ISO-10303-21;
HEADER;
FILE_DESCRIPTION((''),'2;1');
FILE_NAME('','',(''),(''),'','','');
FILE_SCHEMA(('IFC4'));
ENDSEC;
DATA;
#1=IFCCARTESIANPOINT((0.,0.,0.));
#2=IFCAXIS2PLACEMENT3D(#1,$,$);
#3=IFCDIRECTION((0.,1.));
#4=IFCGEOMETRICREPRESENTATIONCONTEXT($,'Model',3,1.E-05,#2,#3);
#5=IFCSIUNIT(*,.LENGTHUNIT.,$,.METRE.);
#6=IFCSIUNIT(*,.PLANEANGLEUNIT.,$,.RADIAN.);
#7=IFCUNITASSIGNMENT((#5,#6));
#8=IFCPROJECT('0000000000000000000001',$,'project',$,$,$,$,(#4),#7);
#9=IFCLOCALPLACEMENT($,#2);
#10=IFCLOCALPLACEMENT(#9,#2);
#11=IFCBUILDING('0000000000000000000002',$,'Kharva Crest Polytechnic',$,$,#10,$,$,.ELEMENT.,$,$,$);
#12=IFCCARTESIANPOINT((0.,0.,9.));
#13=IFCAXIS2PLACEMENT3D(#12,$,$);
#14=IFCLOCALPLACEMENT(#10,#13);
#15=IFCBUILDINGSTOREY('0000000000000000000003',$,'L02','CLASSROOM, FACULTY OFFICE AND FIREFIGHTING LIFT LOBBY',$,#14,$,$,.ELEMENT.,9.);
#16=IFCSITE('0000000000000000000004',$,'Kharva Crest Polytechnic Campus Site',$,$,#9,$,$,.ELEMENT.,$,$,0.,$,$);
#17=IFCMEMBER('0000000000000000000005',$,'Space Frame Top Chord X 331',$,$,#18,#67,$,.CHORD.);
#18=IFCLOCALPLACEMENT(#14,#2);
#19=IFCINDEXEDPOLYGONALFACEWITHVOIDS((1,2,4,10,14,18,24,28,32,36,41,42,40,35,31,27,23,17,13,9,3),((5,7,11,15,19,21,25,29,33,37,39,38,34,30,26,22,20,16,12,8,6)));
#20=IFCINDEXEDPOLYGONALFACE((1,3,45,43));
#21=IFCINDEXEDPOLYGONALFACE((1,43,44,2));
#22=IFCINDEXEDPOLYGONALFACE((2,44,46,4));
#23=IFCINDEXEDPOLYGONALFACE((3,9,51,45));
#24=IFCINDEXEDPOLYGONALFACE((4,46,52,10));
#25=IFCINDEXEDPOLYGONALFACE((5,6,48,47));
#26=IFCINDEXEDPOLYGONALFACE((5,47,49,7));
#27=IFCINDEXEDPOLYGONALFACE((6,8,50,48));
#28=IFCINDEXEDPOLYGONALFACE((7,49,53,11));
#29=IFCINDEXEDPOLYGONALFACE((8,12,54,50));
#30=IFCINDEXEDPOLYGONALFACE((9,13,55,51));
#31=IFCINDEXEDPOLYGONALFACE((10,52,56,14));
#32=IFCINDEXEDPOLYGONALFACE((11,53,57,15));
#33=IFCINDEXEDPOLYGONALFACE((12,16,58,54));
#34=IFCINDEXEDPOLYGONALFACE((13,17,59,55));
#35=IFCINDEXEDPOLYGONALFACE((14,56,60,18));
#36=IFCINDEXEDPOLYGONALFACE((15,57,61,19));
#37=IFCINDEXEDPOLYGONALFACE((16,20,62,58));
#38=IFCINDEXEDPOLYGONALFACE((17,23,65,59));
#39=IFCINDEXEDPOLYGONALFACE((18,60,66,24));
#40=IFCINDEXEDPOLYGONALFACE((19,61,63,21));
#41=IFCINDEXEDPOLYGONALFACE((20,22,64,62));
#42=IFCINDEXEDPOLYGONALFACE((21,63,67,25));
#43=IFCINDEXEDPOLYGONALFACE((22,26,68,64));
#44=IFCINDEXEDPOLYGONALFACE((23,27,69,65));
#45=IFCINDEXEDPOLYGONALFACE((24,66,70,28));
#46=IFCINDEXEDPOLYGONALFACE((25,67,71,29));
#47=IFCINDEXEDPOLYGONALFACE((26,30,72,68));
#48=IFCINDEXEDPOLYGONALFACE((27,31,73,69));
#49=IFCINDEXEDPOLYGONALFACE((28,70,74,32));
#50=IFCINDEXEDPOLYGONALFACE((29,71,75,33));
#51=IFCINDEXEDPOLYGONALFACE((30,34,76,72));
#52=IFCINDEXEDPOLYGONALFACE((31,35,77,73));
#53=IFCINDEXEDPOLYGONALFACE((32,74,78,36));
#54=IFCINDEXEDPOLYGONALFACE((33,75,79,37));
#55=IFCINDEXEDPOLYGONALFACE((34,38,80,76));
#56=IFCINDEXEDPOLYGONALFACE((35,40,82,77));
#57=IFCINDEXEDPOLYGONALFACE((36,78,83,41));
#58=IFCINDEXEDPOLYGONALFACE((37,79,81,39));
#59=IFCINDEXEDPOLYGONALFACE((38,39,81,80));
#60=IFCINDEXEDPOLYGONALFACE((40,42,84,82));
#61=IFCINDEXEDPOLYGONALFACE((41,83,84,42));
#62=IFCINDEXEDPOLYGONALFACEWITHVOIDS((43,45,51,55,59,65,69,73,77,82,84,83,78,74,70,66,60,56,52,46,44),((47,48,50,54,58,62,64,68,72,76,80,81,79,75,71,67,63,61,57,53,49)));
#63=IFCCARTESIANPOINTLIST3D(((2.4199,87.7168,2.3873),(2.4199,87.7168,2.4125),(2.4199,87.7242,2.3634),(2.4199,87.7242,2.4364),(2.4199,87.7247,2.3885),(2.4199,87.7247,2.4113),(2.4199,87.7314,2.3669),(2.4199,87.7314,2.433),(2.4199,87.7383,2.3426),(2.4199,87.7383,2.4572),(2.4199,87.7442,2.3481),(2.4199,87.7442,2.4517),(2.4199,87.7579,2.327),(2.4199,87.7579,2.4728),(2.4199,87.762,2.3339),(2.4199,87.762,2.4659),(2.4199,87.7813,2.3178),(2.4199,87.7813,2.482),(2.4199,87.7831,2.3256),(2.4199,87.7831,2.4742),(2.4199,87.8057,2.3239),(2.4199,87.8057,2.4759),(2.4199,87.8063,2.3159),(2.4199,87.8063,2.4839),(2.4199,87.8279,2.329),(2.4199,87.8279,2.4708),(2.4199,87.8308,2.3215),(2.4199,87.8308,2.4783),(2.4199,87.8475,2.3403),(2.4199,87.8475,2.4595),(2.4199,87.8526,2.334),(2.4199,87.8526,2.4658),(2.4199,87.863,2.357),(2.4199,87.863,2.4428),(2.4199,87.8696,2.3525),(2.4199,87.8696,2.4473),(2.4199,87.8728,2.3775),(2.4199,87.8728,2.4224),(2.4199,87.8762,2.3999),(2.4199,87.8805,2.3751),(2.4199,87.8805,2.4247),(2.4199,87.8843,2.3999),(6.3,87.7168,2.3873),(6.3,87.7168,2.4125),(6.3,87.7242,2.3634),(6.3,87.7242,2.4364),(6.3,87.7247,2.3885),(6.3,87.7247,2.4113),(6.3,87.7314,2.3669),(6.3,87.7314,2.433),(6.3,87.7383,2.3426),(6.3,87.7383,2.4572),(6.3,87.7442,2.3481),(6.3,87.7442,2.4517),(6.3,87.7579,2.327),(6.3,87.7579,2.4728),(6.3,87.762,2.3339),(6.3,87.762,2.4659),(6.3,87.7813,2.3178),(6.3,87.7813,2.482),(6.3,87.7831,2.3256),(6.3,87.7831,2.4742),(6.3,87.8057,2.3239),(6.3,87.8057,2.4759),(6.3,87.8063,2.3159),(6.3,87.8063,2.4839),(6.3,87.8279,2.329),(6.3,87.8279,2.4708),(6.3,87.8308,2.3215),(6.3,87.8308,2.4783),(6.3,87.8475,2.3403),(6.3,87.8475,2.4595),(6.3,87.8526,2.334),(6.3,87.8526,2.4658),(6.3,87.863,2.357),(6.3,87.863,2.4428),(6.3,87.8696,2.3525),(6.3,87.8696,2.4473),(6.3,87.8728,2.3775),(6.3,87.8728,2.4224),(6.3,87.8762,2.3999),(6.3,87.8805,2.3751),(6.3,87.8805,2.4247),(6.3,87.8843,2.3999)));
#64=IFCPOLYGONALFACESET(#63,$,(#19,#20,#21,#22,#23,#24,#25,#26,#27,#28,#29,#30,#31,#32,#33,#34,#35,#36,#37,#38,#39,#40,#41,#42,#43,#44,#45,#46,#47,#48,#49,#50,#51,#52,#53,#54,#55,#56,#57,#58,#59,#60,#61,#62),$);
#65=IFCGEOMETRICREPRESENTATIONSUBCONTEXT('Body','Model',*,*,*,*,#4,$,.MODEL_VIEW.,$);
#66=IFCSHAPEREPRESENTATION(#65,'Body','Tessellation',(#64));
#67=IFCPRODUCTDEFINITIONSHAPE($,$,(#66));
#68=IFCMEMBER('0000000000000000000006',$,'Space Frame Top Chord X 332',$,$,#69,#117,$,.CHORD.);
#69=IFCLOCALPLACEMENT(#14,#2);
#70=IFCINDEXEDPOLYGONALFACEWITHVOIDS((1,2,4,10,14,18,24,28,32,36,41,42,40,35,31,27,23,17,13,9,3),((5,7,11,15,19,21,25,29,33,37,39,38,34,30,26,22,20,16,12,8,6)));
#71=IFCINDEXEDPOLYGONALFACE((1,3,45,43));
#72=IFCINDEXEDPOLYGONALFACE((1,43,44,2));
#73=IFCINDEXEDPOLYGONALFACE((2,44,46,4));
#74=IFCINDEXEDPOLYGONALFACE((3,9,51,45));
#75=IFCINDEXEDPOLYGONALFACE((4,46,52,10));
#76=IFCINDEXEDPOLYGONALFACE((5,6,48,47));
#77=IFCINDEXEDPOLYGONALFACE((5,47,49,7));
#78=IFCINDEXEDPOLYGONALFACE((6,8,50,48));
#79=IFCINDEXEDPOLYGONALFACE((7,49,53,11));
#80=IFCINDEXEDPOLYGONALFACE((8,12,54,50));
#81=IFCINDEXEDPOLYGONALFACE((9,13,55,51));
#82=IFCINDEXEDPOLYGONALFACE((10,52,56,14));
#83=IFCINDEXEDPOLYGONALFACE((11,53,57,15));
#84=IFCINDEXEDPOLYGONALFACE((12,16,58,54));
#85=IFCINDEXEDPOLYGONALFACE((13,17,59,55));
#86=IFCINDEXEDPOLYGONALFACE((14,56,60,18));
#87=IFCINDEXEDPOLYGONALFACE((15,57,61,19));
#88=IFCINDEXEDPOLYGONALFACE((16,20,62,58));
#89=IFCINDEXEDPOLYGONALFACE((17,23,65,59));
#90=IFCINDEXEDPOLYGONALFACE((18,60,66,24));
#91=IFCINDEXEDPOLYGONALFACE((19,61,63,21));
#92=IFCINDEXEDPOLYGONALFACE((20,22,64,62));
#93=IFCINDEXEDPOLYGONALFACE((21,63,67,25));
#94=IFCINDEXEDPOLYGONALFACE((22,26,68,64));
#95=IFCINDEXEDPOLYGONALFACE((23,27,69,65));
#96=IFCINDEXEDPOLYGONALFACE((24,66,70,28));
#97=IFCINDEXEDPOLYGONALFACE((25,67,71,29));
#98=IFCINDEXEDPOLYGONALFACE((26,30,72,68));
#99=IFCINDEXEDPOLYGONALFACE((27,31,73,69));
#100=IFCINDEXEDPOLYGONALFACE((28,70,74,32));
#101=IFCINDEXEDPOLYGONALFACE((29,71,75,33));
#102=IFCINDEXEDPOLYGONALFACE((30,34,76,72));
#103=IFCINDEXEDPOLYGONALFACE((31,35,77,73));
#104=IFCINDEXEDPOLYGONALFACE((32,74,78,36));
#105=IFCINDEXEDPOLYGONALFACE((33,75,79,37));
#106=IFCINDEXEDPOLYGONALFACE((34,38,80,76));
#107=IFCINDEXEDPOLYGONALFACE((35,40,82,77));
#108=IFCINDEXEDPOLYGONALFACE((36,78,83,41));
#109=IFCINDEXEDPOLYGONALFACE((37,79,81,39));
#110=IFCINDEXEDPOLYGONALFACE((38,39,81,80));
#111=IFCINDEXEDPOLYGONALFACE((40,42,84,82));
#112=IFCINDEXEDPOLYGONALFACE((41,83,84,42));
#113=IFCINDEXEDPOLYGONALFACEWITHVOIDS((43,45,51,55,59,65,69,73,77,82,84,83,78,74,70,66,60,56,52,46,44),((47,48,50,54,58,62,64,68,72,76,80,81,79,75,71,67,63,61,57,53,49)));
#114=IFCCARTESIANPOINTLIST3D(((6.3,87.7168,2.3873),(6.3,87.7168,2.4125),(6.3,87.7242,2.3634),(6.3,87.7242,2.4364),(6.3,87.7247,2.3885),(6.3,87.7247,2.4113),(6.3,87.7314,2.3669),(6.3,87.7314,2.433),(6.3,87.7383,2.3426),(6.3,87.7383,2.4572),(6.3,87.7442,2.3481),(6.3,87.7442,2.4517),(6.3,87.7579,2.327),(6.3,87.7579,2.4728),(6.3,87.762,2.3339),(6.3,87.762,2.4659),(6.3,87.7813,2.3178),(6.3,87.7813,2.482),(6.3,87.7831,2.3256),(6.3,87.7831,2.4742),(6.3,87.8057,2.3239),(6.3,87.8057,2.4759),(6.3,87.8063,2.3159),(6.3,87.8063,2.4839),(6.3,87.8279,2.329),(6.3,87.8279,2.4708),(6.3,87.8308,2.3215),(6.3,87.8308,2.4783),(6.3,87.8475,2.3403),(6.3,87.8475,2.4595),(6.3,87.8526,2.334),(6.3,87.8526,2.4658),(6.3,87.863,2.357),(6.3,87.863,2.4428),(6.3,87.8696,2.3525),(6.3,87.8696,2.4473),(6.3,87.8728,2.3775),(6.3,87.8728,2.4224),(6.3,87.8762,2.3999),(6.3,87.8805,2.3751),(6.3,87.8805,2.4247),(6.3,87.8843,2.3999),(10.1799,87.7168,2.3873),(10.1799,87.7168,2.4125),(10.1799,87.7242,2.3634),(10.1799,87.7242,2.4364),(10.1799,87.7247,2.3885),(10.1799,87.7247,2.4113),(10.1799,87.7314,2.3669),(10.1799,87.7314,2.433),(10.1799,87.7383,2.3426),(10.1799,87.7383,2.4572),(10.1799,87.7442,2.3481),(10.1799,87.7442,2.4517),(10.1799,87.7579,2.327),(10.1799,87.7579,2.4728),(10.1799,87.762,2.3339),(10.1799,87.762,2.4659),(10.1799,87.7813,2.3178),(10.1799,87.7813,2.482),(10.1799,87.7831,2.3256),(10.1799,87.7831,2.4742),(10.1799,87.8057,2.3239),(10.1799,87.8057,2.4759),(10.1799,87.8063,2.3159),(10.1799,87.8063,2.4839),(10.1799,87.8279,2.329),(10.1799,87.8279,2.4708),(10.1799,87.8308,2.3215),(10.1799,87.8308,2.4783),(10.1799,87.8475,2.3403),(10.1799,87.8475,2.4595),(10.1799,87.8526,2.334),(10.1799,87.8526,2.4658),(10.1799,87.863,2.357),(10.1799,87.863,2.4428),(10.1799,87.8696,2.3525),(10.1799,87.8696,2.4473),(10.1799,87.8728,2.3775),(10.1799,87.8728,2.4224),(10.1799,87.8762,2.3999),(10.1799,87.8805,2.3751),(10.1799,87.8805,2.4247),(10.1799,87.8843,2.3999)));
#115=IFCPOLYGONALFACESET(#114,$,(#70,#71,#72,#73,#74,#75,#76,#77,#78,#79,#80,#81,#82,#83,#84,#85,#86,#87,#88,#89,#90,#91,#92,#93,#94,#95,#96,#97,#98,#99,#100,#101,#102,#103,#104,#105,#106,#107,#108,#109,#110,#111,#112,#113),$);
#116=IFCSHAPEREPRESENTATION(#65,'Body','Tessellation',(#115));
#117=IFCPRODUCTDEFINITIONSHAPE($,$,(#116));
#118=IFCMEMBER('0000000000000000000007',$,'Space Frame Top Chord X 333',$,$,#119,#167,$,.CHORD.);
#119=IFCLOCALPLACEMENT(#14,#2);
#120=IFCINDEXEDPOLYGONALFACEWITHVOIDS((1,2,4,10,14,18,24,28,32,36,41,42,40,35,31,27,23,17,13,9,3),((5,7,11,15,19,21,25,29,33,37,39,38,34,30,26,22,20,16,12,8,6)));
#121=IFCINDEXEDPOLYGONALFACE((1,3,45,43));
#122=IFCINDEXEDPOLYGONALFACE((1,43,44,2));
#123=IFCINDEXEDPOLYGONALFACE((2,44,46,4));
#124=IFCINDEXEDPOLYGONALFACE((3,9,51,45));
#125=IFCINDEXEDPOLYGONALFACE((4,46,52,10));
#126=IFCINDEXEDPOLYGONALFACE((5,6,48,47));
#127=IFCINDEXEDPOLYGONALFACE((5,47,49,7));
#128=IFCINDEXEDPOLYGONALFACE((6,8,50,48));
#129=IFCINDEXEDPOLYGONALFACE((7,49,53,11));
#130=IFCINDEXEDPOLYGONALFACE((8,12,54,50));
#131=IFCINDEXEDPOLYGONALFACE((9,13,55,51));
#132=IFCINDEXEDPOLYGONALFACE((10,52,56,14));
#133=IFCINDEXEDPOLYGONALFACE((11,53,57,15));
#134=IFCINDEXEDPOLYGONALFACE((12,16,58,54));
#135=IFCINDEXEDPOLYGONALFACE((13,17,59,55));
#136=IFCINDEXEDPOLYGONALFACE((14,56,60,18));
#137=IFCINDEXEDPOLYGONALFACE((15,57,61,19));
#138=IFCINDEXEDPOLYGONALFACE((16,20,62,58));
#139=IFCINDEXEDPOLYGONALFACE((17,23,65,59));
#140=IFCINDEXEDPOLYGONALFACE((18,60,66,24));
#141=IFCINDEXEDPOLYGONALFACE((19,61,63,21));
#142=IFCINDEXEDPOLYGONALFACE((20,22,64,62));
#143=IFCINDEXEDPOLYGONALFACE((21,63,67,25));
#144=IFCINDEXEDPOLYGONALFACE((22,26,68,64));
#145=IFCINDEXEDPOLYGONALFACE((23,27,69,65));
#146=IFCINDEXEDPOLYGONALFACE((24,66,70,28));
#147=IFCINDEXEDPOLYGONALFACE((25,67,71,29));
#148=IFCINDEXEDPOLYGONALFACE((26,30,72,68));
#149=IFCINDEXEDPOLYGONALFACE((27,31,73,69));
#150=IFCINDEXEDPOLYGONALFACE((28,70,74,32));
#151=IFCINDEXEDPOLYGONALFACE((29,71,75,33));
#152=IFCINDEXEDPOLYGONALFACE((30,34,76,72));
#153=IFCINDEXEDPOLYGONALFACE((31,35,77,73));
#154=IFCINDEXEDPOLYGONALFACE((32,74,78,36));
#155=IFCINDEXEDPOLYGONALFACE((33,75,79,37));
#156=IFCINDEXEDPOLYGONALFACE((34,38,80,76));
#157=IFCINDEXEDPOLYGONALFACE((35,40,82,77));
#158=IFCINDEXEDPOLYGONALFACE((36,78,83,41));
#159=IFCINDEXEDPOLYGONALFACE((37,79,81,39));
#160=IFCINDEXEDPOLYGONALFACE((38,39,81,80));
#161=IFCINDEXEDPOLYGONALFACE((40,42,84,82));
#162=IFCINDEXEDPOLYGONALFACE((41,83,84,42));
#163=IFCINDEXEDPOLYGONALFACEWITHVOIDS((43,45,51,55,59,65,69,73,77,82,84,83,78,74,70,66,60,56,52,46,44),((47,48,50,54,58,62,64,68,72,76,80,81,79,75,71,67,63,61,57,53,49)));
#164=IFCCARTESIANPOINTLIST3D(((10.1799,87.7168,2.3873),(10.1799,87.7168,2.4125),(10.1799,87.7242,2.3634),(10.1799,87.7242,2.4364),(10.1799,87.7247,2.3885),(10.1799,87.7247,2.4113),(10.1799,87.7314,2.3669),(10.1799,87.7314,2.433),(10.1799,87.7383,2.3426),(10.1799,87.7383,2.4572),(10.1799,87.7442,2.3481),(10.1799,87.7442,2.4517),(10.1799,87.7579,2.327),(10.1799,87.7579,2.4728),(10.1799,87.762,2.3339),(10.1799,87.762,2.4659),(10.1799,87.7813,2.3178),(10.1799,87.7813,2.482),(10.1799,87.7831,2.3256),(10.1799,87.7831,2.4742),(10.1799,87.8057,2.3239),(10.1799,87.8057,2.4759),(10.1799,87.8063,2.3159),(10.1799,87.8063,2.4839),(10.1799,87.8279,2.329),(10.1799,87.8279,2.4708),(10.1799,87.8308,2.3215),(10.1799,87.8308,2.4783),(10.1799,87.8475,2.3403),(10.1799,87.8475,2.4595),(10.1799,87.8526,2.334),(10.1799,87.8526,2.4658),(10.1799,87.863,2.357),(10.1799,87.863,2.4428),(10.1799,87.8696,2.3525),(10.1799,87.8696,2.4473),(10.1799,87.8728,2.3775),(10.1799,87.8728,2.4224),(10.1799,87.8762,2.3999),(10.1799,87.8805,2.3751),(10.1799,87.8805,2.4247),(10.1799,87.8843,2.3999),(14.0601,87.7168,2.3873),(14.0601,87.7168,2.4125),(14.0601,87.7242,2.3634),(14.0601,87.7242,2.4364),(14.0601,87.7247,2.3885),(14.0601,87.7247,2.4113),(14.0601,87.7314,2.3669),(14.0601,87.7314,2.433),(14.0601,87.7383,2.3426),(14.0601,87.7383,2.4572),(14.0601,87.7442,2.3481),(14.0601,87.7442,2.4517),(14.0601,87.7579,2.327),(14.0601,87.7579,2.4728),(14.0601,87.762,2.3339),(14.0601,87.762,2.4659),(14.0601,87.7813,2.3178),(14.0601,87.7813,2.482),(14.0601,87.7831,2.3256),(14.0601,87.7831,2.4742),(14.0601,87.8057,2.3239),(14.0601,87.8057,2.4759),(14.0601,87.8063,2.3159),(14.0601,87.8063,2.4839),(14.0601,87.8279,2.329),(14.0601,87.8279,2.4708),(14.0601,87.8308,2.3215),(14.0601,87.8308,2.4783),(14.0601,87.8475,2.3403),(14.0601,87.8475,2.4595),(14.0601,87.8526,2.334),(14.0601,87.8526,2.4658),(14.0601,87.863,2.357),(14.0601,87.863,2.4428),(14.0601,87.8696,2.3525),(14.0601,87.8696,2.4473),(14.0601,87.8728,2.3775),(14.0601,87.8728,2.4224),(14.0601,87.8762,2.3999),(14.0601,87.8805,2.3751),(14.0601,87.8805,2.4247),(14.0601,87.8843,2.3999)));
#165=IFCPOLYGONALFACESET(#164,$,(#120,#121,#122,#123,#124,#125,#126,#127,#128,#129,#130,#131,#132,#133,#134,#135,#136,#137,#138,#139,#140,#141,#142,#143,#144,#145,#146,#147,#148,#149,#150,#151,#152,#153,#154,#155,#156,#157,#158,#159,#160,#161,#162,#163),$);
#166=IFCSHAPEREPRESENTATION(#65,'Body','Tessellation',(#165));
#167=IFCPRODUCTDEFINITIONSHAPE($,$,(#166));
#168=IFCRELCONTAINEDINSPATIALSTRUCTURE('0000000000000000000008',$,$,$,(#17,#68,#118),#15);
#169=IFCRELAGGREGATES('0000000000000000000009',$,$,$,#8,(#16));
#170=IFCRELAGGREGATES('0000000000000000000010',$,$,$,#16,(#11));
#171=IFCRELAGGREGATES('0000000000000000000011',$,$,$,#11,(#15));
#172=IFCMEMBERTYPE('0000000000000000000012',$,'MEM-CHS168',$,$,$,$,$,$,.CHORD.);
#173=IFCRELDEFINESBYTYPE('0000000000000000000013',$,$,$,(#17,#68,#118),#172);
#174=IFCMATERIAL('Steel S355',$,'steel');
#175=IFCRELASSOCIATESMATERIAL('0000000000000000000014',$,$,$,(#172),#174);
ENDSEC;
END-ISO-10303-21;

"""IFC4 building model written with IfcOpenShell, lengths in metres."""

from ifc_helpers import new_model, si_unit, direction, frame, origin, origin_2d, place, context, subcontext, project, spatial, hollow_circle, extrude, material, material_profile, profile_set, type_object, element, save


model = new_model("IFC4")

# Units and contexts
model_context = context("Model", 3, precision=1e-05, world=origin(), true_north=direction((0.0, 1.0)))
body_context = subcontext(model_context, "Body", "Model", "MODEL_VIEW")
ifc_project = project(units=[si_unit("LENGTHUNIT", "METRE"), si_unit("PLANEANGLEUNIT", "RADIAN")], contexts=[model_context])

# Site, building, storey
site_placement = place(None, origin())
site = spatial("IfcSite", under=ifc_project, at=site_placement, Name="Kharva Crest Polytechnic Campus Site", CompositionType="ELEMENT", RefElevation=0.0)
building_placement = place(site_placement, origin())
building = spatial("IfcBuilding", under=site, at=building_placement, Name="Kharva Crest Polytechnic", CompositionType="ELEMENT")
storey_placement = place(building_placement, frame((0.0, 0.0, 9.0)))
storey = spatial("IfcBuildingStorey", under=building, at=storey_placement, Name="L02", Description="CLASSROOM, FACULTY OFFICE AND FIREFIGHTING LIFT LOBBY", CompositionType="ELEMENT", Elevation=9.0)

# Members
ifc_material = material(Name="Steel S355", Category="steel")
ifc_material_profile_1 = material_profile(ifc_material, hollow_circle(Radius=0.0842, WallThickness=0.0081, at=origin_2d()), Name="CHS 168.3X8.0")
ifc_profile_set_1 = profile_set([ifc_material_profile_1], Name="Steel S355")
member_type_1 = type_object("IfcMemberType", Name="MEM-CHS168", PredefinedType="CHORD", material=ifc_profile_set_1)
member_1_placement = place(storey_placement, frame((2.4199, 87.8, 2.3999), z_axis=(1.0, 0.0, 0.0), x_axis=(0.0, 1.0, 0.0)))
element("IfcMember", 1, at=member_1_placement, inside=storey, type_object=member_type_1, Name="Space Frame Top Chord X 331", PredefinedType="CHORD", context=body_context, shape_type="SweptSolid", body=[
    extrude(hollow_circle(Radius=0.0842, WallThickness=0.0081, at=origin_2d()), origin(), (0.0, 0.0, 1.0), 3.8801),
])
member_2_placement = place(storey_placement, frame((6.3, 87.8, 2.3999), z_axis=(1.0, 0.0, 0.0), x_axis=(0.0, 1.0, 0.0)))
element("IfcMember", 2, at=member_2_placement, inside=storey, type_object=member_type_1, Name="Space Frame Top Chord X 332", PredefinedType="CHORD", context=body_context, shape_type="SweptSolid", body=[
    extrude(hollow_circle(Radius=0.0842, WallThickness=0.0081, at=origin_2d()), origin(), (0.0, 0.0, 1.0), 3.8799),
])
member_3_placement = place(storey_placement, frame((10.1799, 87.8, 2.3999), z_axis=(1.0, 0.0, 0.0), x_axis=(0.0, 1.0, 0.0)))
element("IfcMember", 3, at=member_3_placement, inside=storey, type_object=member_type_1, Name="Space Frame Top Chord X 333", PredefinedType="CHORD", context=body_context, shape_type="SweptSolid", body=[
    extrude(hollow_circle(Radius=0.0842, WallThickness=0.0081, at=origin_2d()), origin(), (0.0, 0.0, 1.0), 3.8801),
])

save(model, "model.ifc")
